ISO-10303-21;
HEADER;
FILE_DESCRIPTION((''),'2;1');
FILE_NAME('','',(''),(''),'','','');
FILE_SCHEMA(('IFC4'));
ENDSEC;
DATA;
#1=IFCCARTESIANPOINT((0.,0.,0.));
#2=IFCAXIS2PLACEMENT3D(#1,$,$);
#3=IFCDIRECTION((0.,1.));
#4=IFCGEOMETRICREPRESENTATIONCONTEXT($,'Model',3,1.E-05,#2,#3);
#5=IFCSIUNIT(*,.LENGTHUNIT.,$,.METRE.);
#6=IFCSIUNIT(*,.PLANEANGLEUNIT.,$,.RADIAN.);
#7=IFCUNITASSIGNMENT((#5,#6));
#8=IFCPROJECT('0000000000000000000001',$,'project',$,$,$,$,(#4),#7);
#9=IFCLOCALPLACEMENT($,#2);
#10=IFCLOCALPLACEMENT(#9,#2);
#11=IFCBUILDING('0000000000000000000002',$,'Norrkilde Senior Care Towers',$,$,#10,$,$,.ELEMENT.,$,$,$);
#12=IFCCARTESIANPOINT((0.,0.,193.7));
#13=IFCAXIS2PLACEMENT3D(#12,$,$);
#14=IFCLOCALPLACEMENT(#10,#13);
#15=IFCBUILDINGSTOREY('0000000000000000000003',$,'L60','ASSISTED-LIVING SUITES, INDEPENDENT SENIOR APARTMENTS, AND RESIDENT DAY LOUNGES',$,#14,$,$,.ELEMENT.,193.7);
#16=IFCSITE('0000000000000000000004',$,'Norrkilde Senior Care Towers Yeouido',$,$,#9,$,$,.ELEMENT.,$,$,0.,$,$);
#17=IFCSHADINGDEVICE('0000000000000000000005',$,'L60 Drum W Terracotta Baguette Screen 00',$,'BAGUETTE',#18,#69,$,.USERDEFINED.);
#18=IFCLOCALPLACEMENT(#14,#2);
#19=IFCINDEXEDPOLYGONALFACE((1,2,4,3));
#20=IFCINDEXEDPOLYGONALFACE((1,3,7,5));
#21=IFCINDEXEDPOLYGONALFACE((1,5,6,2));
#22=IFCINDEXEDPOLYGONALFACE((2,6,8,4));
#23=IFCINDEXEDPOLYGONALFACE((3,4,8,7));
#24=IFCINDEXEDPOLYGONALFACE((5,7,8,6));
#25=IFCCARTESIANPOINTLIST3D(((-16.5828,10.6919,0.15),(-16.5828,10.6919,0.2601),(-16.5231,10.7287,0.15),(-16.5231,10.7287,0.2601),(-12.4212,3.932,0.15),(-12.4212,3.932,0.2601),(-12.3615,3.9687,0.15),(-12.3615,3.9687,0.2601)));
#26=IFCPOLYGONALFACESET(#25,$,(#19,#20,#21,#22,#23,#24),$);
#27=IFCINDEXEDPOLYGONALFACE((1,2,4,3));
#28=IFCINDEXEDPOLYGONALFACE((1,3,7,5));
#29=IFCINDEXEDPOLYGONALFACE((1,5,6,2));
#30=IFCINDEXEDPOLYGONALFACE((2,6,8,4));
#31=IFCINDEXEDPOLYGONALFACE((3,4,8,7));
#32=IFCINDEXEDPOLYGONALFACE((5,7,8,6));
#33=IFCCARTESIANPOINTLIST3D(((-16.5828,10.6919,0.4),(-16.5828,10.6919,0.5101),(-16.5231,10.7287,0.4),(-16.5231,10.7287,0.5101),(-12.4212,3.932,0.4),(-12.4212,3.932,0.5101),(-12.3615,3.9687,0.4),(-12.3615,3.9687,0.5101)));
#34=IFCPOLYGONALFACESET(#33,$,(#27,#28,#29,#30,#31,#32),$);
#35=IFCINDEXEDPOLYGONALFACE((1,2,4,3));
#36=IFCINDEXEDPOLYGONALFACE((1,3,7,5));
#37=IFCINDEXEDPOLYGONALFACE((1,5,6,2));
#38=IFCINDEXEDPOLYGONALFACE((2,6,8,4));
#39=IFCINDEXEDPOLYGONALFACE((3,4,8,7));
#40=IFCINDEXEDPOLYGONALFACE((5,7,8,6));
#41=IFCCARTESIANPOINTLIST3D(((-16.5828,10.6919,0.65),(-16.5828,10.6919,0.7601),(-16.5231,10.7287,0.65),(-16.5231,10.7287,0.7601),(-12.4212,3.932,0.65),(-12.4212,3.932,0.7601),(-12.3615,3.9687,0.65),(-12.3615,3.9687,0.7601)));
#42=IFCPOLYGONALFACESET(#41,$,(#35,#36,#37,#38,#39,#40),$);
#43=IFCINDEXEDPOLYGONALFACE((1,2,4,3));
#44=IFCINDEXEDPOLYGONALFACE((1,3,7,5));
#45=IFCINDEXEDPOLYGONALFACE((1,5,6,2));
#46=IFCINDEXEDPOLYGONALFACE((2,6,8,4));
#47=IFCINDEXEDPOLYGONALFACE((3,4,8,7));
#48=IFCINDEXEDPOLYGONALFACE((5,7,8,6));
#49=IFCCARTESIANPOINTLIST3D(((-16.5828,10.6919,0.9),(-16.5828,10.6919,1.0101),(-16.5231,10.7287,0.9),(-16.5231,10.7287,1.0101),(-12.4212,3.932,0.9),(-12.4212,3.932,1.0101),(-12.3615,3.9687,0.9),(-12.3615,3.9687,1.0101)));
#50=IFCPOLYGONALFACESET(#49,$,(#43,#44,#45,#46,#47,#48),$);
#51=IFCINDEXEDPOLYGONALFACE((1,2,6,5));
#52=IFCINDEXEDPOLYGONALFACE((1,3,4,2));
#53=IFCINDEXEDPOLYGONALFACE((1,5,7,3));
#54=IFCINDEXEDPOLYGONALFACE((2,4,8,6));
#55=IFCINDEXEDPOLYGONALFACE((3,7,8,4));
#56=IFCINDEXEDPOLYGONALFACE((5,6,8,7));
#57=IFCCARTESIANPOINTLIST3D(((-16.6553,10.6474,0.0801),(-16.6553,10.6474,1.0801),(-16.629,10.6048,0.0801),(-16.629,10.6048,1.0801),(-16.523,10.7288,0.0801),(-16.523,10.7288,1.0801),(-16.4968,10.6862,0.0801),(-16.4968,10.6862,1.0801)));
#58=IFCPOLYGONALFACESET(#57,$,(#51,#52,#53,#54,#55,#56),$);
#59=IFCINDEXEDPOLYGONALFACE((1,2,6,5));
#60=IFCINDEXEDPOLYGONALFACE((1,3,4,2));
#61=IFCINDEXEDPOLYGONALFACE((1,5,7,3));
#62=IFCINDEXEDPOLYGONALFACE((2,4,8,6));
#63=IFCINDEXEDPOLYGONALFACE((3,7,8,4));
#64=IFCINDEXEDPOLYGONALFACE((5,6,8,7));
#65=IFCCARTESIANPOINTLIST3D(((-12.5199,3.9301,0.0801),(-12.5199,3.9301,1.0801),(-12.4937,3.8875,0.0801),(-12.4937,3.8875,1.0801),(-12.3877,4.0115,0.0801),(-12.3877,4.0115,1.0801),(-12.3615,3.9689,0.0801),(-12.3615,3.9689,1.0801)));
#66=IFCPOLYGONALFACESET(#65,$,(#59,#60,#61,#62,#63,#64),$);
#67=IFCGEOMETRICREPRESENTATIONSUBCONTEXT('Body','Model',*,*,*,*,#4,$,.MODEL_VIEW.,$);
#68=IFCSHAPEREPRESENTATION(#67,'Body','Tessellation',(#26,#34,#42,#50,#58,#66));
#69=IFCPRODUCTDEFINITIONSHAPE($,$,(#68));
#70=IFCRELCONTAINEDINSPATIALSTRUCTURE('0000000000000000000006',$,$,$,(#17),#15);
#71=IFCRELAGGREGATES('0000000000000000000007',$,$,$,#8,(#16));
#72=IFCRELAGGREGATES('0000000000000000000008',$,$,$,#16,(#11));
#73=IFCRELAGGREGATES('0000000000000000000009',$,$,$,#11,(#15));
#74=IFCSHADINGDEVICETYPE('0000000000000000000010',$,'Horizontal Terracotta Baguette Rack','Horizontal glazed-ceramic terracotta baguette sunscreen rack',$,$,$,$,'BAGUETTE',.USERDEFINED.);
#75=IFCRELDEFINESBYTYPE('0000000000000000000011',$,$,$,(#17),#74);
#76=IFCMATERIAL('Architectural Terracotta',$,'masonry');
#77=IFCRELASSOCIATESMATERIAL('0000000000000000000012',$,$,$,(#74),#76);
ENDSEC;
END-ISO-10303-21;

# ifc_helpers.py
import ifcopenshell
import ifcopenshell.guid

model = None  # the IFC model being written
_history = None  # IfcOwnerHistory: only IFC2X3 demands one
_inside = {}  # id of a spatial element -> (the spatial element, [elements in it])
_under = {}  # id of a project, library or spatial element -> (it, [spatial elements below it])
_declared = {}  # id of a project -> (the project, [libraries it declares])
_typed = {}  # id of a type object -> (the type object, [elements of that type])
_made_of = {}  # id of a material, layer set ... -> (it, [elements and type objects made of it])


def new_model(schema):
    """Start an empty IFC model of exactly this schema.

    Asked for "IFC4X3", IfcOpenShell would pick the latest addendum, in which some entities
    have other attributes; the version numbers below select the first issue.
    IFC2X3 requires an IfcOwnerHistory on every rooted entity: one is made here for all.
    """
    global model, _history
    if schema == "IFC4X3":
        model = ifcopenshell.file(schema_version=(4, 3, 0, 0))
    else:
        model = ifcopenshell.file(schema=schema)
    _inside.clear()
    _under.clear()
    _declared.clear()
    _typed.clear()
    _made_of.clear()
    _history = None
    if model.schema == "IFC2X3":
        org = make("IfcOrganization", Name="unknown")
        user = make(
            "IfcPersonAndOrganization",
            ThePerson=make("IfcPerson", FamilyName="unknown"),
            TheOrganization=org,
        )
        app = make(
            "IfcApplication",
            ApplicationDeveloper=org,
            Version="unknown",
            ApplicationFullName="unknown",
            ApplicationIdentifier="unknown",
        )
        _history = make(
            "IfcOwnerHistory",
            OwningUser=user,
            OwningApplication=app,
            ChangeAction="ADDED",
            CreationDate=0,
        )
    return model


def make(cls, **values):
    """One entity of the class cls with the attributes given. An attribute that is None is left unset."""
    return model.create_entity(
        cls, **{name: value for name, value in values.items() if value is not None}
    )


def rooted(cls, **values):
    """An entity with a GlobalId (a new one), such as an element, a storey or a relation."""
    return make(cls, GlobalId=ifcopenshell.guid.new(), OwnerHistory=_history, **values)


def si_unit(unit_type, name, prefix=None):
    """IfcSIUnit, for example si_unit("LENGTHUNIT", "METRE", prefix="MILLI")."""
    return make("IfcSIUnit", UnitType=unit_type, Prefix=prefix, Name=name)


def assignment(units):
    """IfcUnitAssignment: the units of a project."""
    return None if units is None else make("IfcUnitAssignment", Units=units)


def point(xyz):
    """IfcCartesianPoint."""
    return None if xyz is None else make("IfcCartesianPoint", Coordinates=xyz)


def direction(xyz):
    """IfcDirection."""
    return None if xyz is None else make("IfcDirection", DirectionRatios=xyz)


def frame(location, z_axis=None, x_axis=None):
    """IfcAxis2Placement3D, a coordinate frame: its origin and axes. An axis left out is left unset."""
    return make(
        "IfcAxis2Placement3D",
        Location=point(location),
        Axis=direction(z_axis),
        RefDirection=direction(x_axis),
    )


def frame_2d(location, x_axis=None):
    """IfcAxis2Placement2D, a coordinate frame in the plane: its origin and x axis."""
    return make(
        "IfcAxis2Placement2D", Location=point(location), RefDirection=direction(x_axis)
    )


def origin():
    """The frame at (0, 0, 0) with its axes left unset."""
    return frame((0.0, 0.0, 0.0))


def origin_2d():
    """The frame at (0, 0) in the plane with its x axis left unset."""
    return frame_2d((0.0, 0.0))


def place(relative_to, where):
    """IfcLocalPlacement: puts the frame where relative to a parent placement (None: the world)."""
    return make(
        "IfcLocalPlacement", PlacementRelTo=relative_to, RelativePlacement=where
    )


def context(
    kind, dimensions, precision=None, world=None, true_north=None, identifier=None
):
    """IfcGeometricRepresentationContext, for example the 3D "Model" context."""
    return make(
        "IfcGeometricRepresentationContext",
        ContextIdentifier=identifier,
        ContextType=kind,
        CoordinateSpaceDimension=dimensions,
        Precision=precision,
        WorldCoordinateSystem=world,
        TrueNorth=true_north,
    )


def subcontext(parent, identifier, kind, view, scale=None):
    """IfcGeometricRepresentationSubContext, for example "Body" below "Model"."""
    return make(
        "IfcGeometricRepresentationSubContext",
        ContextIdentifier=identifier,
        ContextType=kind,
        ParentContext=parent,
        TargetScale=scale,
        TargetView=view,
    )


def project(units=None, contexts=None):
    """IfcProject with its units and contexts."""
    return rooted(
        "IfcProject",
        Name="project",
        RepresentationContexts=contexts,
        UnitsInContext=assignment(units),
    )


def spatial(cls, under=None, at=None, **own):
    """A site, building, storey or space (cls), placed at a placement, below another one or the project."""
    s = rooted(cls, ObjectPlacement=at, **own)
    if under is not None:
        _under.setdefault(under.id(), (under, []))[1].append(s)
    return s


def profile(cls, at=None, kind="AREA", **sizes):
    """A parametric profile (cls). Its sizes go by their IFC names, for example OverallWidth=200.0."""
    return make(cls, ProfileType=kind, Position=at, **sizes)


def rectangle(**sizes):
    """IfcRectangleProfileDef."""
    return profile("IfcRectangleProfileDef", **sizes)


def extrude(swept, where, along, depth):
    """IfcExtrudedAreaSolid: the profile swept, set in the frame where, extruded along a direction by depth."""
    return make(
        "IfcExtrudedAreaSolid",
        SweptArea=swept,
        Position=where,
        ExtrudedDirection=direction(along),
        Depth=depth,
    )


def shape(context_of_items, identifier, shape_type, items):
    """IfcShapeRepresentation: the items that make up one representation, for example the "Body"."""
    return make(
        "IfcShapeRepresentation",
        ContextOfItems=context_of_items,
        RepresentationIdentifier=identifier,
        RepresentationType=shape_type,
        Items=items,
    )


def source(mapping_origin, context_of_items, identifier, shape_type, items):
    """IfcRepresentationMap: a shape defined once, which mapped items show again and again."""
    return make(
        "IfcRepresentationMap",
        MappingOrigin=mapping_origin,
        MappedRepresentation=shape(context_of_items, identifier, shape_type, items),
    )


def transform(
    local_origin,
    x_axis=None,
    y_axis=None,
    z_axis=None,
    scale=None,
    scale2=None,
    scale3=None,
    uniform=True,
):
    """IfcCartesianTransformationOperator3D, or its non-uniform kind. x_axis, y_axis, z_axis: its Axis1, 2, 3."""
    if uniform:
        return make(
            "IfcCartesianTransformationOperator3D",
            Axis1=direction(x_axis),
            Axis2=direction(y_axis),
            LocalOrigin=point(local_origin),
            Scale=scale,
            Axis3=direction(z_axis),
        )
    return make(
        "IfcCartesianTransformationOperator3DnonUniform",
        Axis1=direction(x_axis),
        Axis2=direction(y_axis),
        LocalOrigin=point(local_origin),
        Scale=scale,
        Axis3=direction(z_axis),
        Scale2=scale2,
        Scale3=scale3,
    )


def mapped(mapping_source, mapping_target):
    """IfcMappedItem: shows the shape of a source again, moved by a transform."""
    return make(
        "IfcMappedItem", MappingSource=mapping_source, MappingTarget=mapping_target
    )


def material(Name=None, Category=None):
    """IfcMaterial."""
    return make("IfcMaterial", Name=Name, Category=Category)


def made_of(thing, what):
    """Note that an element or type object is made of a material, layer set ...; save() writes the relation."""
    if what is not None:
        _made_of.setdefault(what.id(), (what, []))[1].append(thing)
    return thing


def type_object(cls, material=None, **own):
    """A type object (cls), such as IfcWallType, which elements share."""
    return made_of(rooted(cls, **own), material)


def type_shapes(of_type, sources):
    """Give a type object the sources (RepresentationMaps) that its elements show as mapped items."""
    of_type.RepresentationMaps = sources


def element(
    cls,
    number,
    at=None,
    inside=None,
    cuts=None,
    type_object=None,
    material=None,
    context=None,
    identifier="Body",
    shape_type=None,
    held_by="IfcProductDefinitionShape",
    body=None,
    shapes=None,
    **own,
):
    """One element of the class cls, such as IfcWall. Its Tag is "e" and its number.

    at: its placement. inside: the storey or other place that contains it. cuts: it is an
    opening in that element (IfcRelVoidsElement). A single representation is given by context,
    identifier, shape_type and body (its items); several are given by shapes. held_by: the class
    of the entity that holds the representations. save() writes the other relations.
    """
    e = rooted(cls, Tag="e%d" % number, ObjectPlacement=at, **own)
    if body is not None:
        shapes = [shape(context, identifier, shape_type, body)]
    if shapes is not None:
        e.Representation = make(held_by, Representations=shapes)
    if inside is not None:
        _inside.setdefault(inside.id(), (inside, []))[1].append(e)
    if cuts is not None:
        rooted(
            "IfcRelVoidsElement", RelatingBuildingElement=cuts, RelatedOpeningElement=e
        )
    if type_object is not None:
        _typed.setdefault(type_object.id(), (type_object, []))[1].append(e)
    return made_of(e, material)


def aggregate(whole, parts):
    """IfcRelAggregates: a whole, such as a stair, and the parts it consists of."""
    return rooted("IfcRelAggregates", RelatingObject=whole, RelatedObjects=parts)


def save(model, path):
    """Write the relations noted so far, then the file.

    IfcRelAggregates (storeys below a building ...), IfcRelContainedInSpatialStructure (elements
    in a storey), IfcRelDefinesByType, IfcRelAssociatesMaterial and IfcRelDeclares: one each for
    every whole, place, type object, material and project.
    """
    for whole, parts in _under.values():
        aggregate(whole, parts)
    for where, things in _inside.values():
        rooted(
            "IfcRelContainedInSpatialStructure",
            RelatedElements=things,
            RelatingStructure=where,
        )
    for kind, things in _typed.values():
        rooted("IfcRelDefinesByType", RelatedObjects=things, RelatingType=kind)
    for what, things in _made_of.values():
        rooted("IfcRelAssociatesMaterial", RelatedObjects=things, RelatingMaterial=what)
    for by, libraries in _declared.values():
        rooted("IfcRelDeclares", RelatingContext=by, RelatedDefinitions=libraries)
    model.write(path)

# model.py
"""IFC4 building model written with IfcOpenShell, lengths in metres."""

from ifc_helpers import new_model, si_unit, direction, frame, origin, origin_2d, place, context, subcontext, project, spatial, rectangle, extrude, source, transform, mapped, material, type_object, type_shapes, element, save


model = new_model("IFC4")

# Units and contexts
model_context = context("Model", 3, precision=1e-05, world=origin(), true_north=direction((0.0, 1.0)))
body_context = subcontext(model_context, "Body", "Model", "MODEL_VIEW")
ifc_project = project(units=[si_unit("LENGTHUNIT", "METRE"), si_unit("PLANEANGLEUNIT", "RADIAN")], contexts=[model_context])

# Site, building, storey
site_placement = place(None, origin())
site = spatial("IfcSite", under=ifc_project, at=site_placement, Name="Norrkilde Senior Care Towers Yeouido", CompositionType="ELEMENT", RefElevation=0.0)
building_placement = place(site_placement, origin())
building = spatial("IfcBuilding", under=site, at=building_placement, Name="Norrkilde Senior Care Towers", CompositionType="ELEMENT")
storey_placement = place(building_placement, frame((0.0, 0.0, 193.7)))
storey = spatial("IfcBuildingStorey", under=building, at=storey_placement, Name="L60", Description="ASSISTED-LIVING SUITES, INDEPENDENT SENIOR APARTMENTS, AND RESIDENT DAY LOUNGES", CompositionType="ELEMENT", Elevation=193.7)

# Shading device
ifc_material_1 = material(Name="Architectural Terracotta", Category="masonry")
shading_device_type = type_object("IfcShadingDeviceType", Name="Horizontal Terracotta Baguette Rack", Description="Horizontal glazed-ceramic terracotta baguette sunscreen rack", ElementType="BAGUETTE", PredefinedType="USERDEFINED", material=ifc_material_1)
shared_shape_1 = source(origin(), body_context, "Body", "SweptSolid", [
    extrude(rectangle(XDim=0.0701, YDim=0.1101, at=origin_2d()), frame((0.0, 0.0901, 0.125), z_axis=(1.0, 0.0, 0.0), x_axis=(0.0, 1.0, 0.0)), (0.0, 0.0, 1.0), 7.9382),
    extrude(rectangle(XDim=0.0701, YDim=0.1101, at=origin_2d()), frame((0.0, 0.0901, 0.375), z_axis=(1.0, 0.0, 0.0), x_axis=(0.0, 1.0, 0.0)), (0.0, 0.0, 1.0), 7.9382),
    extrude(rectangle(XDim=0.0701, YDim=0.1101, at=origin_2d()), frame((0.0, 0.0901, 0.625), z_axis=(1.0, 0.0, 0.0), x_axis=(0.0, 1.0, 0.0)), (0.0, 0.0, 1.0), 7.9382),
    extrude(rectangle(XDim=0.0701, YDim=0.1101, at=origin_2d()), frame((0.0, 0.0901, 0.875), z_axis=(1.0, 0.0, 0.0), x_axis=(0.0, 1.0, 0.0)), (0.0, 0.0, 1.0), 7.9382),
    extrude(rectangle(XDim=0.05, YDim=0.1553, at=origin_2d()), frame((0.0249, 0.0476, 0.0)), (0.0, 0.0, 1.0), 1.0),
    extrude(rectangle(XDim=0.05, YDim=0.1553, at=origin_2d()), frame((7.9131, 0.0476, 0.0)), (0.0, 0.0, 1.0), 1.0),
])
type_shapes(shading_device_type, [shared_shape_1])
shading_device_placement = place(storey_placement, frame((-16.6296, 10.6631, 0.0801), z_axis=(0.0, 0.0, 1.0), x_axis=(0.52425, -0.851576, 0.0)))
element("IfcShadingDevice", 1, at=shading_device_placement, inside=storey, type_object=shading_device_type, Name="L60 Drum W Terracotta Baguette Screen 00", ObjectType="BAGUETTE", PredefinedType="USERDEFINED", context=body_context, shape_type="MappedRepresentation", body=[
    mapped(shared_shape_1, transform((0.0, 0.0, 0.0), x_axis=(1.0, 0.0, 0.0), y_axis=(0.0, 1.0, 0.0), z_axis=(0.0, 0.0, 1.0), scale=1.0)),
])

save(model, "model.ifc")
